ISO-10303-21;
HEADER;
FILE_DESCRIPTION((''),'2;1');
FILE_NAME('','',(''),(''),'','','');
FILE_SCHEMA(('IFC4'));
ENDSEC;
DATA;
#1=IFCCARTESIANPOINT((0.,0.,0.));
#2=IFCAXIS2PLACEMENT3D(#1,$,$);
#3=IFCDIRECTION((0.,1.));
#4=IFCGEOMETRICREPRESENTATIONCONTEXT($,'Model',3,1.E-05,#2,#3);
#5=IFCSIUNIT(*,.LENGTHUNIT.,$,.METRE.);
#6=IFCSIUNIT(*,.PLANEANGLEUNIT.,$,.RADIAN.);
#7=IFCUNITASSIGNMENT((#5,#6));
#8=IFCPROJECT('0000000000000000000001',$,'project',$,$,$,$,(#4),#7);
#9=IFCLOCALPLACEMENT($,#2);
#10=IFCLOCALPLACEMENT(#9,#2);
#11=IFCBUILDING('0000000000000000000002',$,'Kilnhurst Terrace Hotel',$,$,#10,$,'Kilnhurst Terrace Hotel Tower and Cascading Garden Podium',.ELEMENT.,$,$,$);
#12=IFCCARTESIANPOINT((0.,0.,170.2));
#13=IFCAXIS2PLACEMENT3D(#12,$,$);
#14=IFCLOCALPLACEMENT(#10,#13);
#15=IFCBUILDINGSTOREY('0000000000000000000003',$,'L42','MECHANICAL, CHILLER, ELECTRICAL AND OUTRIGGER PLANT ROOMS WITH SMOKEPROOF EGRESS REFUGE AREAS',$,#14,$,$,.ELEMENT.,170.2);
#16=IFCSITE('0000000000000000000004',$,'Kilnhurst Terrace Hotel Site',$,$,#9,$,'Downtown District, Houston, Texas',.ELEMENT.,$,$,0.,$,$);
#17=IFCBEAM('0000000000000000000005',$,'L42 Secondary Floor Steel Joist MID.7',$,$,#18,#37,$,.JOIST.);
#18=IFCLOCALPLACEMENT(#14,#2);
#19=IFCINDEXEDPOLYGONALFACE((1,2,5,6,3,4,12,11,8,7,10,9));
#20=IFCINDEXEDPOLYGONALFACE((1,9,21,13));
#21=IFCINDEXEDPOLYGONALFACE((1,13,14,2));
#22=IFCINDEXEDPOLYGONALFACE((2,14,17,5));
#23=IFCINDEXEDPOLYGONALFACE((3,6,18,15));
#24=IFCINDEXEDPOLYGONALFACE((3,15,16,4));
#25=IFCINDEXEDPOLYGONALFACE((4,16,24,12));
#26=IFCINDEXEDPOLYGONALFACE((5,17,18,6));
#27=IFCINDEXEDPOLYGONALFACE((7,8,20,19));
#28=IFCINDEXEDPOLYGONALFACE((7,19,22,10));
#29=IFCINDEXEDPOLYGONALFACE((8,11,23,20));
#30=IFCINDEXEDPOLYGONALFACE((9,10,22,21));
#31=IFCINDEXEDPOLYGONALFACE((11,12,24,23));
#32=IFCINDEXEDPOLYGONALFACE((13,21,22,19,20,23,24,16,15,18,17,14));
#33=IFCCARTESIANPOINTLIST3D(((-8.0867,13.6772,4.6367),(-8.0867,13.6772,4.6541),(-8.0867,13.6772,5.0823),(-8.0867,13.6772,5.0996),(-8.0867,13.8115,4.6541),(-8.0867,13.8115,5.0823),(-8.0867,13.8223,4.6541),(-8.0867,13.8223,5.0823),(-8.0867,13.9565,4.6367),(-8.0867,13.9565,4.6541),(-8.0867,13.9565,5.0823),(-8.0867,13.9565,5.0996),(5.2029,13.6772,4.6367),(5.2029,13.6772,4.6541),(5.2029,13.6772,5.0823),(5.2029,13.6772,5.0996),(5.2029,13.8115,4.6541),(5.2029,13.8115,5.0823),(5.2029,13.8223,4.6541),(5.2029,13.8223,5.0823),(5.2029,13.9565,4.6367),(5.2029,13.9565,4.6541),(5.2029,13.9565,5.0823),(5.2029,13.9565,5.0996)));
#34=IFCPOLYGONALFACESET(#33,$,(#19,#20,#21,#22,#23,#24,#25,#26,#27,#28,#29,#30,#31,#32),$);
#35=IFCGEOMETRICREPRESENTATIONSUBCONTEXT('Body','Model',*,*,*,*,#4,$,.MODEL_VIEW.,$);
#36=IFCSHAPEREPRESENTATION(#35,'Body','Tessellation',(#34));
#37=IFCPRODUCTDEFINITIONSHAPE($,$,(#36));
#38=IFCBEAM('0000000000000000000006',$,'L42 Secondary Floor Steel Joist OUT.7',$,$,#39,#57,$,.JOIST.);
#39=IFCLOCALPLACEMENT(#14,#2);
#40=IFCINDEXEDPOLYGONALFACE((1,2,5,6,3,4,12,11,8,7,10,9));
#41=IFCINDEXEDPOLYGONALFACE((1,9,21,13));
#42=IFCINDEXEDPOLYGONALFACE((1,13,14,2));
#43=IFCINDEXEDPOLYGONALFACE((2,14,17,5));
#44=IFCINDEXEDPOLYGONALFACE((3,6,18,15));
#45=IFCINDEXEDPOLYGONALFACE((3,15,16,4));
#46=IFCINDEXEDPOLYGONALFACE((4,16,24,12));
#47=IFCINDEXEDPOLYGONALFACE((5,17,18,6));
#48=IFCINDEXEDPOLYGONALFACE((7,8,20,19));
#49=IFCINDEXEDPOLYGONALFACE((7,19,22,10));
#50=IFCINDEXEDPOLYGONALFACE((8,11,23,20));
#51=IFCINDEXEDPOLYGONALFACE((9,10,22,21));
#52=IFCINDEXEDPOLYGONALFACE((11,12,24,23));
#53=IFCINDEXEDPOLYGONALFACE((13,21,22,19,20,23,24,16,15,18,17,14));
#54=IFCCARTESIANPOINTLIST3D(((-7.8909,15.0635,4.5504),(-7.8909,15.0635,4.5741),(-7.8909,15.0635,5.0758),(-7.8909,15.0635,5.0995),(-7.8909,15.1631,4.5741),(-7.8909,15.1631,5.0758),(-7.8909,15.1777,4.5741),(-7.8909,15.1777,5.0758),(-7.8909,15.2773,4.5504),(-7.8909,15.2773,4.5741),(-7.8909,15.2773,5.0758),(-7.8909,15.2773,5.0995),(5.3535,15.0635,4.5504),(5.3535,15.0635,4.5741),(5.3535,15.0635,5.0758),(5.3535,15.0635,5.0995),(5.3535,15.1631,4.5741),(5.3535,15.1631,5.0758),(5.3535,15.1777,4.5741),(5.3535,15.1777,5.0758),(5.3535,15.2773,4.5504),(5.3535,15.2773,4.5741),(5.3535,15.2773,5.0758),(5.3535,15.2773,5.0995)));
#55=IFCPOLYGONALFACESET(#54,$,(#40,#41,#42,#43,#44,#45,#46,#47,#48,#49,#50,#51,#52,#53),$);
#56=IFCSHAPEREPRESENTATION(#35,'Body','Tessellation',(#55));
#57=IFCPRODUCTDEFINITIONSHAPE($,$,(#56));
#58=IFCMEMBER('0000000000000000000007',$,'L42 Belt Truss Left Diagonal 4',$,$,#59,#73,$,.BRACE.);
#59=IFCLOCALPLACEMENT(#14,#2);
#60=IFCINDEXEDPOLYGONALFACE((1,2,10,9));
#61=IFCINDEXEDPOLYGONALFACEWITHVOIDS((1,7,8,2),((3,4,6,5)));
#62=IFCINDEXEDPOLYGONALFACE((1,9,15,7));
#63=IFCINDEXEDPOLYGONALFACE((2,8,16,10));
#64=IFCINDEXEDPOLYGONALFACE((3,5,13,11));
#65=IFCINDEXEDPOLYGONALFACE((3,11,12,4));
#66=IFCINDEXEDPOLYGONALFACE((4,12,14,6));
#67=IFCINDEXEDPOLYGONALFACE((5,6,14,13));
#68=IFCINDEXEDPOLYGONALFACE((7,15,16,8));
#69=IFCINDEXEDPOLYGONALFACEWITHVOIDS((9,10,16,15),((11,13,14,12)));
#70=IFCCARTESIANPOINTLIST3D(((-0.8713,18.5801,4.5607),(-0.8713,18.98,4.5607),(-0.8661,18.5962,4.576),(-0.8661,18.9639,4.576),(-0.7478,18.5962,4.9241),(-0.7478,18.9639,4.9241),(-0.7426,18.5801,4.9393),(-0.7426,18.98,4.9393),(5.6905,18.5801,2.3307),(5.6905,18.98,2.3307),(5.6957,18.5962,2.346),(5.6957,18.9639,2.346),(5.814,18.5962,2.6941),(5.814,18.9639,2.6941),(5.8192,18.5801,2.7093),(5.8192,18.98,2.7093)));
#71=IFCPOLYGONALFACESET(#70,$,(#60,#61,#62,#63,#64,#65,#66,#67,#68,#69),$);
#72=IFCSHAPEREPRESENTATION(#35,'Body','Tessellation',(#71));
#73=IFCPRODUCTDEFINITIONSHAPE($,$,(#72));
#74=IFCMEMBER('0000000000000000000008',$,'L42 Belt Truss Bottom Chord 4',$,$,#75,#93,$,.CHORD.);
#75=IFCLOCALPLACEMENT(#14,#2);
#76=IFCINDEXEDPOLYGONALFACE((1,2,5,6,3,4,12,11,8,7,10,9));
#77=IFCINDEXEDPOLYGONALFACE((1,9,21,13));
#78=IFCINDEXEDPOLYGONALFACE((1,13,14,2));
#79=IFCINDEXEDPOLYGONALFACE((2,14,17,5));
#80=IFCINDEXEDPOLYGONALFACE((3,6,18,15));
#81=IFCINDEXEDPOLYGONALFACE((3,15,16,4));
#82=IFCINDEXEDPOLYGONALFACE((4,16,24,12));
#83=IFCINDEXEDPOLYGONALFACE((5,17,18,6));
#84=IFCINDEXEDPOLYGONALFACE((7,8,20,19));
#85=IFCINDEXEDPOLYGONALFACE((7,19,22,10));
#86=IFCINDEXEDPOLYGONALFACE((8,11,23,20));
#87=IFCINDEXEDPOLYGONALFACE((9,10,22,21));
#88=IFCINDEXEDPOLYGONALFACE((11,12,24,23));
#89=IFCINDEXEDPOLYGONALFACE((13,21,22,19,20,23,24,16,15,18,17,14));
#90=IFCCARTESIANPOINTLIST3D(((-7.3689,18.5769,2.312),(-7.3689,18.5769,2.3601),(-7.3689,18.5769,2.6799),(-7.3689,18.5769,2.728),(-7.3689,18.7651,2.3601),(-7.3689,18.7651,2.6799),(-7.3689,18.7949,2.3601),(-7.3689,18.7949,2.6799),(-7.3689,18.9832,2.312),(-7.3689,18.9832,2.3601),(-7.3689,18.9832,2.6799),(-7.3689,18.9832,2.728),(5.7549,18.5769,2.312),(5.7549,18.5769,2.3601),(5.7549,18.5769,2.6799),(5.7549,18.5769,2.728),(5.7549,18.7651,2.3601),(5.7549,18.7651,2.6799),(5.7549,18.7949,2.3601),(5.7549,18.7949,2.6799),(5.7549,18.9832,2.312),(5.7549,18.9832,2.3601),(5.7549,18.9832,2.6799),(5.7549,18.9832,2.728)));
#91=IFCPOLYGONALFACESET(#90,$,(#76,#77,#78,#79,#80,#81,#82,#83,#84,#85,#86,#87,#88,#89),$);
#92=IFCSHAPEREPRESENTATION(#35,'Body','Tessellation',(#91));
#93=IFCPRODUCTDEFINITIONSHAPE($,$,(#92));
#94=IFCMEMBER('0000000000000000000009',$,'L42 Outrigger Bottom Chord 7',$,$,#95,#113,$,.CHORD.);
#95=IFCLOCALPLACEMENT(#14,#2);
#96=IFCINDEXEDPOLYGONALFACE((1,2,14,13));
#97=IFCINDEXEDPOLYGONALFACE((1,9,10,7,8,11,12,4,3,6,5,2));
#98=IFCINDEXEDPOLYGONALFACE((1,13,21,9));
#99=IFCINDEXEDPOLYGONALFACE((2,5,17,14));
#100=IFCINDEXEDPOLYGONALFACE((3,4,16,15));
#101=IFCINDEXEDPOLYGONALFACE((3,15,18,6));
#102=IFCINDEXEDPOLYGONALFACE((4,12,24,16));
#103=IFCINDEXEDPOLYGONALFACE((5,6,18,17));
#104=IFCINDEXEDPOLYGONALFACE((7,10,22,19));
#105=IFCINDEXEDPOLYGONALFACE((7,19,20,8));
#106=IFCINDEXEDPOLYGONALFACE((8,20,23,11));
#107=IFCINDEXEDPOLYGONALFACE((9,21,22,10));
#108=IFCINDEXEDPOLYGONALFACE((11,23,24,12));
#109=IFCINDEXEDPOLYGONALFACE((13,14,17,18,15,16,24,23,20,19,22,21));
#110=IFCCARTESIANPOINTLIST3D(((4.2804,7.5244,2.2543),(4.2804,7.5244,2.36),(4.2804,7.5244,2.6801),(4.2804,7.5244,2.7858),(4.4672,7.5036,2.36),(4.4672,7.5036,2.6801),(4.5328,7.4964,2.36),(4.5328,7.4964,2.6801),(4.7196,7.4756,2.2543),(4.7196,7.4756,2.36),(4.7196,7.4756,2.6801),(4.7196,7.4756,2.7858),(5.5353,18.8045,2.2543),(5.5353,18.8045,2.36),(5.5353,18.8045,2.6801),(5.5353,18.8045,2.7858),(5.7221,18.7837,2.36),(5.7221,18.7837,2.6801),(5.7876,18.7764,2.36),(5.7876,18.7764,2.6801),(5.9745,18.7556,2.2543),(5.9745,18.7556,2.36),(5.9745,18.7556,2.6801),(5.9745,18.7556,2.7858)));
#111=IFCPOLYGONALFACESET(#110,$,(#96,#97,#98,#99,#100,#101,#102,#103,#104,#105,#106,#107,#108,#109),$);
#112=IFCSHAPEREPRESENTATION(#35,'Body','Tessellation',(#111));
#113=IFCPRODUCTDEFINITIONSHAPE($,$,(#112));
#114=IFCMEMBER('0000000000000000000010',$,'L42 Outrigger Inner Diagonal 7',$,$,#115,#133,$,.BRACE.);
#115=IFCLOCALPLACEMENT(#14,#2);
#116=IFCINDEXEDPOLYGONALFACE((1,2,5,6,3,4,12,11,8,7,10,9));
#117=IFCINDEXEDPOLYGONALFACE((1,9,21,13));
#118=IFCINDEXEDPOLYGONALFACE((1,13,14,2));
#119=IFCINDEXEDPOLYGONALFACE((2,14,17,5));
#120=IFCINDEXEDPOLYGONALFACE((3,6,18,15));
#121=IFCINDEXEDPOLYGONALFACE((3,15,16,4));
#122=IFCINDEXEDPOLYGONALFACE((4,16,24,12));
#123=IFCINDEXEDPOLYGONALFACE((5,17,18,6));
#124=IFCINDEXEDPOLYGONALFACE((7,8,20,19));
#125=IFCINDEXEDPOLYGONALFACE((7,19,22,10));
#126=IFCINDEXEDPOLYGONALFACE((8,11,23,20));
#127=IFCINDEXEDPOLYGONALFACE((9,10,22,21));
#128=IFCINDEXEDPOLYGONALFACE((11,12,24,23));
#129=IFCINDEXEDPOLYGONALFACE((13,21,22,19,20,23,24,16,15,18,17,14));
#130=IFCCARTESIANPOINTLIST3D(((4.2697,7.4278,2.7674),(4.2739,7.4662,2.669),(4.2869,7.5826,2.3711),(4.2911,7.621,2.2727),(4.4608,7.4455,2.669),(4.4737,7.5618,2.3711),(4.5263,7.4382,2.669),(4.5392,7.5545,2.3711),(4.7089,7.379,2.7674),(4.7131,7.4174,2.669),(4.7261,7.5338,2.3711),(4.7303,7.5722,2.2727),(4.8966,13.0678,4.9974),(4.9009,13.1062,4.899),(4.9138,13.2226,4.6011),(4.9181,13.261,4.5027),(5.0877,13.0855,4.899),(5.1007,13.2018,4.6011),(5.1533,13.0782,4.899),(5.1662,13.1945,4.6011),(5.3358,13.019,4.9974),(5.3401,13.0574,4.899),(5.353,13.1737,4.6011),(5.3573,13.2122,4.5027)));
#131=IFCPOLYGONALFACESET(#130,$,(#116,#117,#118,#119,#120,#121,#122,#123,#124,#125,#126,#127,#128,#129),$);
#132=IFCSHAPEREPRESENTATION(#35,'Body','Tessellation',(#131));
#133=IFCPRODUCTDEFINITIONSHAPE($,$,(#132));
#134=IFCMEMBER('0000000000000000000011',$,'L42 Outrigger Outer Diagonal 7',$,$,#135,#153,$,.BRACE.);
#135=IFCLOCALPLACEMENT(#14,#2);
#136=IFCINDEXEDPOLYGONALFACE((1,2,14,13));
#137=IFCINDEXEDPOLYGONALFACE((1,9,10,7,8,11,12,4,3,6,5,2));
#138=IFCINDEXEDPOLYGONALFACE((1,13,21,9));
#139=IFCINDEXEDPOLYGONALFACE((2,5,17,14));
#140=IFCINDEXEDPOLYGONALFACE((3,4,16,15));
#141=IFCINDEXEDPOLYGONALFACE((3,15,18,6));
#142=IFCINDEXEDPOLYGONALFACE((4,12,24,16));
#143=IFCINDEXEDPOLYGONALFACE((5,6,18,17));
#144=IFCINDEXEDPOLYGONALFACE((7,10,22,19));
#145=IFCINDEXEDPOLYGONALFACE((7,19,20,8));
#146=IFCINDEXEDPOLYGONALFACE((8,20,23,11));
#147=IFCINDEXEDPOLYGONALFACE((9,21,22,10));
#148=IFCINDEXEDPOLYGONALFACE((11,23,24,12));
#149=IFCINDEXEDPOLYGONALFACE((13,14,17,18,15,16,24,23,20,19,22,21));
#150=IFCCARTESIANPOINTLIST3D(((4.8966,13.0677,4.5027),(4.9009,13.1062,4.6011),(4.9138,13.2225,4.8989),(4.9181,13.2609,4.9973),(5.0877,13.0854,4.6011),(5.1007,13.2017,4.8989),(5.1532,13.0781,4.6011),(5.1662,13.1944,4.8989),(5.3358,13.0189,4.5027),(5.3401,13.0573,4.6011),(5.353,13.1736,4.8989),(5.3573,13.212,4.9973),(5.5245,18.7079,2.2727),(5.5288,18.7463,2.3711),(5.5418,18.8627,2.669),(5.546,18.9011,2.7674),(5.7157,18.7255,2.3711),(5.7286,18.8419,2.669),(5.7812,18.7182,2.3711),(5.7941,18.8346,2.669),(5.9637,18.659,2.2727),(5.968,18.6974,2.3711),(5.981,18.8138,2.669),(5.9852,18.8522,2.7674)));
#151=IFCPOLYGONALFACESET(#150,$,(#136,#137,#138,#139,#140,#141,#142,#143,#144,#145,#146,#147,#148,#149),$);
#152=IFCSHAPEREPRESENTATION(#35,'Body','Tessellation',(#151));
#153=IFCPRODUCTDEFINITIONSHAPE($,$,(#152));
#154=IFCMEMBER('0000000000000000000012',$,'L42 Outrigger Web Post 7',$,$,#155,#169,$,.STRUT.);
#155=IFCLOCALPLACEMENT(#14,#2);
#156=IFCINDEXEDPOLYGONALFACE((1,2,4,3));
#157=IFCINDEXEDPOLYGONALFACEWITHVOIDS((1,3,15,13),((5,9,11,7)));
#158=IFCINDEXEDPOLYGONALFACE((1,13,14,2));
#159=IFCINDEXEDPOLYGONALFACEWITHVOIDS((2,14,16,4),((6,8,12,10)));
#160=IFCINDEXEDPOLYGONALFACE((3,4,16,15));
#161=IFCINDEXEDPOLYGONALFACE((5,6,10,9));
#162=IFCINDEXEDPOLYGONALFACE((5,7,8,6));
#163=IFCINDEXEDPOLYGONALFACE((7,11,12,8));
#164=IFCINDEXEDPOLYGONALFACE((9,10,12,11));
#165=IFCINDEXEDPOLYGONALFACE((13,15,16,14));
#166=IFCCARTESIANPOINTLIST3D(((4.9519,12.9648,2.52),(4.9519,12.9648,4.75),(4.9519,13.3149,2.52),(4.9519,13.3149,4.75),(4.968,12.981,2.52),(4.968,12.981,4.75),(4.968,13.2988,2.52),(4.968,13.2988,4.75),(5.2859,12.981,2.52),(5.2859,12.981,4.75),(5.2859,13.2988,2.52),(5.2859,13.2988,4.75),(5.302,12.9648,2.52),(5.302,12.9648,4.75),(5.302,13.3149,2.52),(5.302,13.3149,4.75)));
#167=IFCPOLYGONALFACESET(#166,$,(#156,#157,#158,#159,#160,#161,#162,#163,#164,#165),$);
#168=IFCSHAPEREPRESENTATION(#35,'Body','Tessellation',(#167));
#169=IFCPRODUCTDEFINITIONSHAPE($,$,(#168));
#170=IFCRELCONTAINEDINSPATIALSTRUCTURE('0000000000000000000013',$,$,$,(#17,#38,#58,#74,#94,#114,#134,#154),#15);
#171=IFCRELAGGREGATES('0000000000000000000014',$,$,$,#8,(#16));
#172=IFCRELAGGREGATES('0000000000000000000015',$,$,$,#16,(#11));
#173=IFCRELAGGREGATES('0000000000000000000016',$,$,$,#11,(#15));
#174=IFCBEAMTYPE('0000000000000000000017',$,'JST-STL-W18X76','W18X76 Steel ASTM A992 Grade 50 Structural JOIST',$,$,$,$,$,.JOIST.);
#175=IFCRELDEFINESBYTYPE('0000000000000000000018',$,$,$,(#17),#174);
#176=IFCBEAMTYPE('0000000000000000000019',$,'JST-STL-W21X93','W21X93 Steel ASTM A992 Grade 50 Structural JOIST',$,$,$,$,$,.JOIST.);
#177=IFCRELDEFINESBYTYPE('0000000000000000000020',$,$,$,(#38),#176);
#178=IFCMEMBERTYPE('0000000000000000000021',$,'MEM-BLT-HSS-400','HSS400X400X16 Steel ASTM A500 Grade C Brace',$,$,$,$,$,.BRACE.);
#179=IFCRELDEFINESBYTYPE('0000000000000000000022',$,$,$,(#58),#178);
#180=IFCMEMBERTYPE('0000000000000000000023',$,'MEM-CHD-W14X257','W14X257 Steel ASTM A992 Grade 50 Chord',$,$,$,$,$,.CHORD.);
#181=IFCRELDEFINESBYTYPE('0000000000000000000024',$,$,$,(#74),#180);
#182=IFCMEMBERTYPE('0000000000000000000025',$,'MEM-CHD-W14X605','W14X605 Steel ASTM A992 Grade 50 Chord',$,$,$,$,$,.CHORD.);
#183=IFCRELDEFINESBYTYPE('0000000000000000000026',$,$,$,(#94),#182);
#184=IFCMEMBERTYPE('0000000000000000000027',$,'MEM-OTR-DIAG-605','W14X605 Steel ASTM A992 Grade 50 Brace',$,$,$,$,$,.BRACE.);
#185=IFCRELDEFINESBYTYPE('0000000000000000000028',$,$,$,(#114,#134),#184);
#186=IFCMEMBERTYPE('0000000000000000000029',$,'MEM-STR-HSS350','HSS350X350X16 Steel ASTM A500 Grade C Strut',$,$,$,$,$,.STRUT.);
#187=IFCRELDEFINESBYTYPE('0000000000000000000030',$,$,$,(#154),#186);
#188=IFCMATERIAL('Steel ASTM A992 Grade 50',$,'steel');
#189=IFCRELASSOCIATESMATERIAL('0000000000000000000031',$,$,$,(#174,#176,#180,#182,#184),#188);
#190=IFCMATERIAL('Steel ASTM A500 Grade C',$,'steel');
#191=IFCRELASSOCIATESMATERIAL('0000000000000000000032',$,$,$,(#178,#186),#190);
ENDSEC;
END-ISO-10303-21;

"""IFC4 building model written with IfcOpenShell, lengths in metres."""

from ifc_helpers import new_model, si_unit, direction, frame, origin, origin_2d, place, context, subcontext, project, spatial, hollow_rectangle, i_section, extrude, material, material_profile, profile_set, type_object, element, save


model = new_model("IFC4")

# Units and contexts
model_context = context("Model", 3, precision=1e-05, world=origin(), true_north=direction((0.0, 1.0)))
body_context = subcontext(model_context, "Body", "Model", "MODEL_VIEW")
ifc_project = project(units=[si_unit("LENGTHUNIT", "METRE"), si_unit("PLANEANGLEUNIT", "RADIAN")], contexts=[model_context])

# Site, building, storey
site_placement = place(None, origin())
site = spatial("IfcSite", under=ifc_project, at=site_placement, Name="Kilnhurst Terrace Hotel Site", LongName="Downtown District, Houston, Texas", CompositionType="ELEMENT", RefElevation=0.0)
building_placement = place(site_placement, origin())
building = spatial("IfcBuilding", under=site, at=building_placement, Name="Kilnhurst Terrace Hotel", LongName="Kilnhurst Terrace Hotel Tower and Cascading Garden Podium", CompositionType="ELEMENT")
storey_placement = place(building_placement, frame((0.0, 0.0, 170.2)))
storey = spatial("IfcBuildingStorey", under=building, at=storey_placement, Name="L42", Description="MECHANICAL, CHILLER, ELECTRICAL AND OUTRIGGER PLANT ROOMS WITH SMOKEPROOF EGRESS REFUGE AREAS", CompositionType="ELEMENT", Elevation=170.2)

# Shared definitions
ifc_material_1 = material(Name="Steel ASTM A992 Grade 50", Category="steel")

# Beams
ifc_material_profile_1 = material_profile(ifc_material_1, i_section(OverallWidth=0.2793, OverallDepth=0.4629, WebThickness=0.0107, FlangeThickness=0.0173, at=origin_2d()), Name="W18X76")
ifc_profile_set_1 = profile_set([ifc_material_profile_1], Name="Steel ASTM A992 Grade 50")
beam_type_1 = type_object("IfcBeamType", Name="JST-STL-W18X76", Description="W18X76 Steel ASTM A992 Grade 50 Structural JOIST", PredefinedType="JOIST", material=ifc_profile_set_1)
beam_1_placement = place(storey_placement, frame((5.2029, 13.8169, 4.8682), z_axis=(-1.0, 0.0, 0.0), x_axis=(0.0, -1.0, 0.0)))
element("IfcBeam", 1, at=beam_1_placement, inside=storey, type_object=beam_type_1, Name="L42 Secondary Floor Steel Joist MID.7", PredefinedType="JOIST", context=body_context, shape_type="SweptSolid", body=[
    extrude(i_section(OverallWidth=0.2793, OverallDepth=0.4629, WebThickness=0.0107, FlangeThickness=0.0173, at=origin_2d()), origin(), (0.0, 0.0, 1.0), 13.2896),
])
ifc_material_profile_2 = material_profile(ifc_material_1, i_section(OverallWidth=0.2139, OverallDepth=0.5491, WebThickness=0.0146, FlangeThickness=0.0237, at=origin_2d()), Name="W21X93")
ifc_profile_set_2 = profile_set([ifc_material_profile_2], Name="Steel ASTM A992 Grade 50")
beam_type_2 = type_object("IfcBeamType", Name="JST-STL-W21X93", Description="W21X93 Steel ASTM A992 Grade 50 Structural JOIST", PredefinedType="JOIST", material=ifc_profile_set_2)
beam_2_placement = place(storey_placement, frame((5.3535, 15.1704, 4.825), z_axis=(-1.0, 0.0, 0.0), x_axis=(0.0, -1.0, 0.0)))
element("IfcBeam", 2, at=beam_2_placement, inside=storey, type_object=beam_type_2, Name="L42 Secondary Floor Steel Joist OUT.7", PredefinedType="JOIST", context=body_context, shape_type="SweptSolid", body=[
    extrude(i_section(OverallWidth=0.2139, OverallDepth=0.5491, WebThickness=0.0146, FlangeThickness=0.0237, at=origin_2d()), origin(), (0.0, 0.0, 1.0), 13.2444),
])

# Members
ifc_material_2 = material(Name="Steel ASTM A500 Grade C", Category="steel")
ifc_material_profile_3 = material_profile(ifc_material_2, hollow_rectangle(XDim=0.3999, YDim=0.3999, WallThickness=0.0161, at=origin_2d()), Name="HSS400X400X16")
ifc_profile_set_3 = profile_set([ifc_material_profile_3], Name="Steel ASTM A500 Grade C")
member_type_1 = type_object("IfcMemberType", Name="MEM-BLT-HSS-400", Description="HSS400X400X16 Steel ASTM A500 Grade C Brace", PredefinedType="BRACE", material=ifc_profile_set_3)
member_1_placement = place(storey_placement, frame((5.7549, 18.78, 2.52), z_axis=(-0.946818, 0.0, 0.321771), x_axis=(0.0, -1.0, 0.0)))
element("IfcMember", 3, at=member_1_placement, inside=storey, type_object=member_type_1, Name="L42 Belt Truss Left Diagonal 4", PredefinedType="BRACE", context=body_context, shape_type="SweptSolid", body=[
    extrude(hollow_rectangle(XDim=0.3999, YDim=0.3999, WallThickness=0.0161, at=origin_2d()), origin(), (0.0, 0.0, 1.0), 6.9304),
])
ifc_material_profile_4 = material_profile(ifc_material_1, i_section(OverallWidth=0.4062, OverallDepth=0.416, WebThickness=0.0298, FlangeThickness=0.0481, at=origin_2d()), Name="W14X257")
ifc_profile_set_4 = profile_set([ifc_material_profile_4], Name="Steel ASTM A992 Grade 50")
member_type_2 = type_object("IfcMemberType", Name="MEM-CHD-W14X257", Description="W14X257 Steel ASTM A992 Grade 50 Chord", PredefinedType="CHORD", material=ifc_profile_set_4)
member_2_placement = place(storey_placement, frame((5.7549, 18.78, 2.52), z_axis=(-1.0, 0.0, 0.0), x_axis=(0.0, -1.0, 0.0)))
element("IfcMember", 4, at=member_2_placement, inside=storey, type_object=member_type_2, Name="L42 Belt Truss Bottom Chord 4", PredefinedType="CHORD", context=body_context, shape_type="SweptSolid", body=[
    extrude(i_section(OverallWidth=0.4062, OverallDepth=0.416, WebThickness=0.0298, FlangeThickness=0.0481, at=origin_2d()), origin(), (0.0, 0.0, 1.0), 13.1238),
])
ifc_material_profile_5 = material_profile(ifc_material_1, i_section(OverallWidth=0.4419, OverallDepth=0.5315, WebThickness=0.0659, FlangeThickness=0.1057, at=origin_2d()), Name="W14X605")
ifc_profile_set_5 = profile_set([ifc_material_profile_5], Name="Steel ASTM A992 Grade 50")
member_type_3 = type_object("IfcMemberType", Name="MEM-CHD-W14X605", Description="W14X605 Steel ASTM A992 Grade 50 Chord", PredefinedType="CHORD", material=ifc_profile_set_5)
member_3_placement = place(storey_placement, frame((4.5, 7.5, 2.52), z_axis=(0.110566, 0.993869, 0.0), x_axis=(-0.993869, 0.110566, 0.0)))
element("IfcMember", 5, at=member_3_placement, inside=storey, type_object=member_type_3, Name="L42 Outrigger Bottom Chord 7", PredefinedType="CHORD", context=body_context, shape_type="SweptSolid", body=[
    extrude(i_section(OverallWidth=0.4419, OverallDepth=0.5315, WebThickness=0.0659, FlangeThickness=0.1057, at=origin_2d()), origin(), (0.0, 0.0, 1.0), 11.3496),
])
ifc_material_profile_6 = material_profile(ifc_material_1, i_section(OverallWidth=0.4419, OverallDepth=0.5315, WebThickness=0.0659, FlangeThickness=0.1057, at=origin_2d()), Name="W14X605")
ifc_profile_set_6 = profile_set([ifc_material_profile_6], Name="Steel ASTM A992 Grade 50")
member_type_4 = type_object("IfcMemberType", Name="MEM-OTR-DIAG-605", Description="W14X605 Steel ASTM A992 Grade 50 Brace", PredefinedType="BRACE", material=ifc_profile_set_6)
member_4_placement = place(storey_placement, frame((4.5, 7.5, 2.52), z_axis=(0.102829, 0.925017, 0.365746), x_axis=(-0.993878, 0.110483, 0.0)))
element("IfcMember", 6, at=member_4_placement, inside=storey, type_object=member_type_4, Name="L42 Outrigger Inner Diagonal 7", PredefinedType="BRACE", context=body_context, shape_type="SweptSolid", body=[
    extrude(i_section(OverallWidth=0.4419, OverallDepth=0.5315, WebThickness=0.0659, FlangeThickness=0.1057, at=origin_2d()), origin(), (0.0, 0.0, 1.0), 6.0972),
])
member_5_placement = place(storey_placement, frame((5.127, 13.1399, 4.75), z_axis=(0.102983, 0.925007, -0.365727), x_axis=(-0.99386, 0.110649, 0.0)))
element("IfcMember", 7, at=member_5_placement, inside=storey, type_object=member_type_4, Name="L42 Outrigger Outer Diagonal 7", PredefinedType="BRACE", context=body_context, shape_type="SweptSolid", body=[
    extrude(i_section(OverallWidth=0.4419, OverallDepth=0.5315, WebThickness=0.0659, FlangeThickness=0.1057, at=origin_2d()), origin(), (0.0, 0.0, 1.0), 6.0974),
])
ifc_material_profile_7 = material_profile(ifc_material_2, hollow_rectangle(XDim=0.3501, YDim=0.3501, WallThickness=0.0161, at=origin_2d()), Name="HSS350X350X16")
ifc_profile_set_7 = profile_set([ifc_material_profile_7], Name="Steel ASTM A500 Grade C")
member_type_5 = type_object("IfcMemberType", Name="MEM-STR-HSS350", Description="HSS350X350X16 Steel ASTM A500 Grade C Strut", PredefinedType="STRUT", material=ifc_profile_set_7)
member_6_placement = place(storey_placement, frame((5.127, 13.1399, 2.52), z_axis=(0.0, 0.0, 1.0), x_axis=(1.0, 0.0, 0.0)))
element("IfcMember", 8, at=member_6_placement, inside=storey, type_object=member_type_5, Name="L42 Outrigger Web Post 7", PredefinedType="STRUT", context=body_context, shape_type="SweptSolid", body=[
    extrude(hollow_rectangle(XDim=0.3501, YDim=0.3501, WallThickness=0.0161, at=origin_2d()), origin(), (0.0, 0.0, 1.0), 2.23),
])

save(model, "model.ifc")
